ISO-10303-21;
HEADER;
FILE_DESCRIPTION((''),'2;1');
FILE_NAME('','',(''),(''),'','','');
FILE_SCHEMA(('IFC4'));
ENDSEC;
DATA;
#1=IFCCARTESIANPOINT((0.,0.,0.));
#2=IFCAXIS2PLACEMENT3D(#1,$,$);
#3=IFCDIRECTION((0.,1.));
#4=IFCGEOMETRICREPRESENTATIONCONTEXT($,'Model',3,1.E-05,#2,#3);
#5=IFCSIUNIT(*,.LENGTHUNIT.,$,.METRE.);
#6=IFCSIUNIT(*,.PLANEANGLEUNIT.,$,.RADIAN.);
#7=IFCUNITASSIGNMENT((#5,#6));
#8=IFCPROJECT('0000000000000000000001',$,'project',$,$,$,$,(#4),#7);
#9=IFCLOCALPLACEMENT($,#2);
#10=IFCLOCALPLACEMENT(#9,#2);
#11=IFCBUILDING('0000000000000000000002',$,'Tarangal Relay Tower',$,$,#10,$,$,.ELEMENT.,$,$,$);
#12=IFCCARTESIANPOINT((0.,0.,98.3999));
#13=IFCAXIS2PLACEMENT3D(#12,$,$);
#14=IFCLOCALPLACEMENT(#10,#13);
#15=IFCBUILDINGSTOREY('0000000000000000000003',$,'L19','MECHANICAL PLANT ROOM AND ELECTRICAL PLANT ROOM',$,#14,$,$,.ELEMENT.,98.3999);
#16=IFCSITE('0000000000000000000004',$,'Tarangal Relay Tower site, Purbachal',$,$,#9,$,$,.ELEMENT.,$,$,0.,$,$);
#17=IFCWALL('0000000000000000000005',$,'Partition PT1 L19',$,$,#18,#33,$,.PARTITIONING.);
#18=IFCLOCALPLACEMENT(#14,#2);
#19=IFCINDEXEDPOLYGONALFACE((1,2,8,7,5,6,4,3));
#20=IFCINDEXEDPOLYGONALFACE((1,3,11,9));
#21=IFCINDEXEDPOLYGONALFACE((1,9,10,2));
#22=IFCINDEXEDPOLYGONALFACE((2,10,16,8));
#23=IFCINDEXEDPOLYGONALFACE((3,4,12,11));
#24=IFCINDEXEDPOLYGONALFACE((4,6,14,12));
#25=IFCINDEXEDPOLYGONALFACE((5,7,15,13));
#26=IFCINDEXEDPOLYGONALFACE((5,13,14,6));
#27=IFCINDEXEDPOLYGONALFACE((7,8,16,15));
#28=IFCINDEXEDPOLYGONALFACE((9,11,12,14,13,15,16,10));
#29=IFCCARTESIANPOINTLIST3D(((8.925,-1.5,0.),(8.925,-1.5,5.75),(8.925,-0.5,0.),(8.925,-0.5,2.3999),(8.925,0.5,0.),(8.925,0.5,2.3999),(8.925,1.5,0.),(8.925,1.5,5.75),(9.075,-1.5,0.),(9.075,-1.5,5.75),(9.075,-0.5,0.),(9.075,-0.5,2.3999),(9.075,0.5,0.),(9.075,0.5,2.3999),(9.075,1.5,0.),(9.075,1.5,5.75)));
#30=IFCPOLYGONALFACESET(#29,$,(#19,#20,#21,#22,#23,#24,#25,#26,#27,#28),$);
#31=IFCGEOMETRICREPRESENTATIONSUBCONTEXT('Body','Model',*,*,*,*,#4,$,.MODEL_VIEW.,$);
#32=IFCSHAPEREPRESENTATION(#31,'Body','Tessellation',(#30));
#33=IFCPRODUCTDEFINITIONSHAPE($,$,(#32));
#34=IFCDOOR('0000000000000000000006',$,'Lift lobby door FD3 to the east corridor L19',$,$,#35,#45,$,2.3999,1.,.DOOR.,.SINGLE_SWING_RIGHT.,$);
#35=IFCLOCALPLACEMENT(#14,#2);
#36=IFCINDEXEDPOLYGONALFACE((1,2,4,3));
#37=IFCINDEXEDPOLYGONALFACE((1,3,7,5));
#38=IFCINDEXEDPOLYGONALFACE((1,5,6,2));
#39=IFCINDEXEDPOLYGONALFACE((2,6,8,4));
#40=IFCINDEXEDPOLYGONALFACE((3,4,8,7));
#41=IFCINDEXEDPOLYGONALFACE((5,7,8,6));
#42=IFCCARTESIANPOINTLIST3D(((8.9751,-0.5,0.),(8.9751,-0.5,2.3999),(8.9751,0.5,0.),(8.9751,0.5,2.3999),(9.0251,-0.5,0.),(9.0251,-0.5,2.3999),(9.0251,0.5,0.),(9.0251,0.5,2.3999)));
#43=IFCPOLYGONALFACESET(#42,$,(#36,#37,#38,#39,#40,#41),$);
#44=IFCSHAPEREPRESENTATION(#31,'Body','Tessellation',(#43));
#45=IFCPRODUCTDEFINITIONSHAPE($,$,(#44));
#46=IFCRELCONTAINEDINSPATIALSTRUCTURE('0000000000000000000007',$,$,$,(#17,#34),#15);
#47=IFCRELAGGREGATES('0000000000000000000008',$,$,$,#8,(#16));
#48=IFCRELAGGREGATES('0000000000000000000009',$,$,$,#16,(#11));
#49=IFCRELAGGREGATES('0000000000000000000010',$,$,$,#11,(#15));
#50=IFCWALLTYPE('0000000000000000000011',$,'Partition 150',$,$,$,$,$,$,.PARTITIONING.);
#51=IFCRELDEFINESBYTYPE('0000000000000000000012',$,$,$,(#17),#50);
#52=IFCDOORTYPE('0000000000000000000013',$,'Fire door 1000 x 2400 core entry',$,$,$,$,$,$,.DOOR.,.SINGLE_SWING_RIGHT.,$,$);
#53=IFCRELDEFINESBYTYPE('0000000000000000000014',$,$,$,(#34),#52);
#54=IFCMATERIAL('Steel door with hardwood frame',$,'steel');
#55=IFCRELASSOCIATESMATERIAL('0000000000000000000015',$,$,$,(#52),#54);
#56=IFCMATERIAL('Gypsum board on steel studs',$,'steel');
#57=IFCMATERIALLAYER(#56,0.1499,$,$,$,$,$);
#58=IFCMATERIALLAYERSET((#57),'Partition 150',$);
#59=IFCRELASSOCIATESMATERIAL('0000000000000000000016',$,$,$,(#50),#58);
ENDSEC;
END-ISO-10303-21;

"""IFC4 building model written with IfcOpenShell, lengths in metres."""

from ifc_helpers import new_model, si_unit, direction, frame, frame_2d, origin, place, context, subcontext, project, spatial, rectangle, extrude, material, layer, layer_set, type_object, element, fill, save


model = new_model("IFC4")

# Units and contexts
model_context = context("Model", 3, precision=1e-05, world=origin(), true_north=direction((0.0, 1.0)))
body_context = subcontext(model_context, "Body", "Model", "MODEL_VIEW")
ifc_project = project(units=[si_unit("LENGTHUNIT", "METRE"), si_unit("PLANEANGLEUNIT", "RADIAN")], contexts=[model_context])

# Site, building, storey
site_placement = place(None, origin())
site = spatial("IfcSite", under=ifc_project, at=site_placement, Name="Tarangal Relay Tower site, Purbachal", CompositionType="ELEMENT", RefElevation=0.0)
building_placement = place(site_placement, origin())
building = spatial("IfcBuilding", under=site, at=building_placement, Name="Tarangal Relay Tower", CompositionType="ELEMENT")
storey_placement = place(building_placement, frame((0.0, 0.0, 98.3999)))
storey = spatial("IfcBuildingStorey", under=building, at=storey_placement, Name="L19", Description="MECHANICAL PLANT ROOM AND ELECTRICAL PLANT ROOM", CompositionType="ELEMENT", Elevation=98.3999)

# Shared definitions
ifc_material_1 = material(Name="Steel door with hardwood frame", Category="steel")
door_type_1 = type_object("IfcDoorType", Name="Fire door 1000 x 2400 core entry", OperationType="SINGLE_SWING_RIGHT", PredefinedType="DOOR", material=ifc_material_1)

# Wall, opening, door
ifc_material_2 = material(Name="Gypsum board on steel studs", Category="steel")
ifc_layer_1 = layer(ifc_material_2, 0.1499)
ifc_layer_set_1 = layer_set([ifc_layer_1], Name="Partition 150")
wall_type_1 = type_object("IfcWallType", Name="Partition 150", PredefinedType="PARTITIONING", material=ifc_layer_set_1)
wall_1_placement = place(storey_placement, frame((9.0, -1.5, 0.0), z_axis=(0.0, 0.0, 1.0), x_axis=(0.0, 1.0, 0.0)))
wall_1 = element("IfcWall", 1, at=wall_1_placement, inside=storey, type_object=wall_type_1, Name="Partition PT1 L19", PredefinedType="PARTITIONING", context=body_context, shape_type="SweptSolid", body=[
    extrude(rectangle(XDim=3.0, YDim=0.1499, at=frame_2d((1.5, 0.0))), origin(), (0.0, 0.0, 1.0), 5.75),
])
opening_1_placement = place(wall_1_placement, frame((1.0, 0.0, 0.0)))
opening_1 = element("IfcOpeningElement", 2, at=opening_1_placement, cuts=wall_1, PredefinedType="OPENING", context=body_context, shape_type="SweptSolid", body=[
    extrude(rectangle(XDim=1.0, YDim=2.3999, at=frame_2d((0.5, 1.2))), frame((0.0, 0.085, 0.0), z_axis=(0.0, -1.0, 0.0), x_axis=(1.0, 0.0, 0.0)), (0.0, 0.0, 1.0), 0.1699),
])
door_1_placement = place(opening_1_placement, origin())
door_1 = element("IfcDoor", 3, at=door_1_placement, inside=storey, type_object=door_type_1, Name="Lift lobby door FD3 to the east corridor L19", OperationType="SINGLE_SWING_RIGHT", OverallHeight=2.3999, OverallWidth=1.0, PredefinedType="DOOR", context=body_context, shape_type="SweptSolid", body=[
    extrude(rectangle(XDim=1.0, YDim=2.3999, at=frame_2d((0.5, 1.2))), frame((0.0, 0.0249, 0.0), z_axis=(0.0, -1.0, 0.0), x_axis=(1.0, 0.0, 0.0)), (0.0, 0.0, 1.0), 0.05),
])
fill(opening_1, door_1)

save(model, "model.ifc")
